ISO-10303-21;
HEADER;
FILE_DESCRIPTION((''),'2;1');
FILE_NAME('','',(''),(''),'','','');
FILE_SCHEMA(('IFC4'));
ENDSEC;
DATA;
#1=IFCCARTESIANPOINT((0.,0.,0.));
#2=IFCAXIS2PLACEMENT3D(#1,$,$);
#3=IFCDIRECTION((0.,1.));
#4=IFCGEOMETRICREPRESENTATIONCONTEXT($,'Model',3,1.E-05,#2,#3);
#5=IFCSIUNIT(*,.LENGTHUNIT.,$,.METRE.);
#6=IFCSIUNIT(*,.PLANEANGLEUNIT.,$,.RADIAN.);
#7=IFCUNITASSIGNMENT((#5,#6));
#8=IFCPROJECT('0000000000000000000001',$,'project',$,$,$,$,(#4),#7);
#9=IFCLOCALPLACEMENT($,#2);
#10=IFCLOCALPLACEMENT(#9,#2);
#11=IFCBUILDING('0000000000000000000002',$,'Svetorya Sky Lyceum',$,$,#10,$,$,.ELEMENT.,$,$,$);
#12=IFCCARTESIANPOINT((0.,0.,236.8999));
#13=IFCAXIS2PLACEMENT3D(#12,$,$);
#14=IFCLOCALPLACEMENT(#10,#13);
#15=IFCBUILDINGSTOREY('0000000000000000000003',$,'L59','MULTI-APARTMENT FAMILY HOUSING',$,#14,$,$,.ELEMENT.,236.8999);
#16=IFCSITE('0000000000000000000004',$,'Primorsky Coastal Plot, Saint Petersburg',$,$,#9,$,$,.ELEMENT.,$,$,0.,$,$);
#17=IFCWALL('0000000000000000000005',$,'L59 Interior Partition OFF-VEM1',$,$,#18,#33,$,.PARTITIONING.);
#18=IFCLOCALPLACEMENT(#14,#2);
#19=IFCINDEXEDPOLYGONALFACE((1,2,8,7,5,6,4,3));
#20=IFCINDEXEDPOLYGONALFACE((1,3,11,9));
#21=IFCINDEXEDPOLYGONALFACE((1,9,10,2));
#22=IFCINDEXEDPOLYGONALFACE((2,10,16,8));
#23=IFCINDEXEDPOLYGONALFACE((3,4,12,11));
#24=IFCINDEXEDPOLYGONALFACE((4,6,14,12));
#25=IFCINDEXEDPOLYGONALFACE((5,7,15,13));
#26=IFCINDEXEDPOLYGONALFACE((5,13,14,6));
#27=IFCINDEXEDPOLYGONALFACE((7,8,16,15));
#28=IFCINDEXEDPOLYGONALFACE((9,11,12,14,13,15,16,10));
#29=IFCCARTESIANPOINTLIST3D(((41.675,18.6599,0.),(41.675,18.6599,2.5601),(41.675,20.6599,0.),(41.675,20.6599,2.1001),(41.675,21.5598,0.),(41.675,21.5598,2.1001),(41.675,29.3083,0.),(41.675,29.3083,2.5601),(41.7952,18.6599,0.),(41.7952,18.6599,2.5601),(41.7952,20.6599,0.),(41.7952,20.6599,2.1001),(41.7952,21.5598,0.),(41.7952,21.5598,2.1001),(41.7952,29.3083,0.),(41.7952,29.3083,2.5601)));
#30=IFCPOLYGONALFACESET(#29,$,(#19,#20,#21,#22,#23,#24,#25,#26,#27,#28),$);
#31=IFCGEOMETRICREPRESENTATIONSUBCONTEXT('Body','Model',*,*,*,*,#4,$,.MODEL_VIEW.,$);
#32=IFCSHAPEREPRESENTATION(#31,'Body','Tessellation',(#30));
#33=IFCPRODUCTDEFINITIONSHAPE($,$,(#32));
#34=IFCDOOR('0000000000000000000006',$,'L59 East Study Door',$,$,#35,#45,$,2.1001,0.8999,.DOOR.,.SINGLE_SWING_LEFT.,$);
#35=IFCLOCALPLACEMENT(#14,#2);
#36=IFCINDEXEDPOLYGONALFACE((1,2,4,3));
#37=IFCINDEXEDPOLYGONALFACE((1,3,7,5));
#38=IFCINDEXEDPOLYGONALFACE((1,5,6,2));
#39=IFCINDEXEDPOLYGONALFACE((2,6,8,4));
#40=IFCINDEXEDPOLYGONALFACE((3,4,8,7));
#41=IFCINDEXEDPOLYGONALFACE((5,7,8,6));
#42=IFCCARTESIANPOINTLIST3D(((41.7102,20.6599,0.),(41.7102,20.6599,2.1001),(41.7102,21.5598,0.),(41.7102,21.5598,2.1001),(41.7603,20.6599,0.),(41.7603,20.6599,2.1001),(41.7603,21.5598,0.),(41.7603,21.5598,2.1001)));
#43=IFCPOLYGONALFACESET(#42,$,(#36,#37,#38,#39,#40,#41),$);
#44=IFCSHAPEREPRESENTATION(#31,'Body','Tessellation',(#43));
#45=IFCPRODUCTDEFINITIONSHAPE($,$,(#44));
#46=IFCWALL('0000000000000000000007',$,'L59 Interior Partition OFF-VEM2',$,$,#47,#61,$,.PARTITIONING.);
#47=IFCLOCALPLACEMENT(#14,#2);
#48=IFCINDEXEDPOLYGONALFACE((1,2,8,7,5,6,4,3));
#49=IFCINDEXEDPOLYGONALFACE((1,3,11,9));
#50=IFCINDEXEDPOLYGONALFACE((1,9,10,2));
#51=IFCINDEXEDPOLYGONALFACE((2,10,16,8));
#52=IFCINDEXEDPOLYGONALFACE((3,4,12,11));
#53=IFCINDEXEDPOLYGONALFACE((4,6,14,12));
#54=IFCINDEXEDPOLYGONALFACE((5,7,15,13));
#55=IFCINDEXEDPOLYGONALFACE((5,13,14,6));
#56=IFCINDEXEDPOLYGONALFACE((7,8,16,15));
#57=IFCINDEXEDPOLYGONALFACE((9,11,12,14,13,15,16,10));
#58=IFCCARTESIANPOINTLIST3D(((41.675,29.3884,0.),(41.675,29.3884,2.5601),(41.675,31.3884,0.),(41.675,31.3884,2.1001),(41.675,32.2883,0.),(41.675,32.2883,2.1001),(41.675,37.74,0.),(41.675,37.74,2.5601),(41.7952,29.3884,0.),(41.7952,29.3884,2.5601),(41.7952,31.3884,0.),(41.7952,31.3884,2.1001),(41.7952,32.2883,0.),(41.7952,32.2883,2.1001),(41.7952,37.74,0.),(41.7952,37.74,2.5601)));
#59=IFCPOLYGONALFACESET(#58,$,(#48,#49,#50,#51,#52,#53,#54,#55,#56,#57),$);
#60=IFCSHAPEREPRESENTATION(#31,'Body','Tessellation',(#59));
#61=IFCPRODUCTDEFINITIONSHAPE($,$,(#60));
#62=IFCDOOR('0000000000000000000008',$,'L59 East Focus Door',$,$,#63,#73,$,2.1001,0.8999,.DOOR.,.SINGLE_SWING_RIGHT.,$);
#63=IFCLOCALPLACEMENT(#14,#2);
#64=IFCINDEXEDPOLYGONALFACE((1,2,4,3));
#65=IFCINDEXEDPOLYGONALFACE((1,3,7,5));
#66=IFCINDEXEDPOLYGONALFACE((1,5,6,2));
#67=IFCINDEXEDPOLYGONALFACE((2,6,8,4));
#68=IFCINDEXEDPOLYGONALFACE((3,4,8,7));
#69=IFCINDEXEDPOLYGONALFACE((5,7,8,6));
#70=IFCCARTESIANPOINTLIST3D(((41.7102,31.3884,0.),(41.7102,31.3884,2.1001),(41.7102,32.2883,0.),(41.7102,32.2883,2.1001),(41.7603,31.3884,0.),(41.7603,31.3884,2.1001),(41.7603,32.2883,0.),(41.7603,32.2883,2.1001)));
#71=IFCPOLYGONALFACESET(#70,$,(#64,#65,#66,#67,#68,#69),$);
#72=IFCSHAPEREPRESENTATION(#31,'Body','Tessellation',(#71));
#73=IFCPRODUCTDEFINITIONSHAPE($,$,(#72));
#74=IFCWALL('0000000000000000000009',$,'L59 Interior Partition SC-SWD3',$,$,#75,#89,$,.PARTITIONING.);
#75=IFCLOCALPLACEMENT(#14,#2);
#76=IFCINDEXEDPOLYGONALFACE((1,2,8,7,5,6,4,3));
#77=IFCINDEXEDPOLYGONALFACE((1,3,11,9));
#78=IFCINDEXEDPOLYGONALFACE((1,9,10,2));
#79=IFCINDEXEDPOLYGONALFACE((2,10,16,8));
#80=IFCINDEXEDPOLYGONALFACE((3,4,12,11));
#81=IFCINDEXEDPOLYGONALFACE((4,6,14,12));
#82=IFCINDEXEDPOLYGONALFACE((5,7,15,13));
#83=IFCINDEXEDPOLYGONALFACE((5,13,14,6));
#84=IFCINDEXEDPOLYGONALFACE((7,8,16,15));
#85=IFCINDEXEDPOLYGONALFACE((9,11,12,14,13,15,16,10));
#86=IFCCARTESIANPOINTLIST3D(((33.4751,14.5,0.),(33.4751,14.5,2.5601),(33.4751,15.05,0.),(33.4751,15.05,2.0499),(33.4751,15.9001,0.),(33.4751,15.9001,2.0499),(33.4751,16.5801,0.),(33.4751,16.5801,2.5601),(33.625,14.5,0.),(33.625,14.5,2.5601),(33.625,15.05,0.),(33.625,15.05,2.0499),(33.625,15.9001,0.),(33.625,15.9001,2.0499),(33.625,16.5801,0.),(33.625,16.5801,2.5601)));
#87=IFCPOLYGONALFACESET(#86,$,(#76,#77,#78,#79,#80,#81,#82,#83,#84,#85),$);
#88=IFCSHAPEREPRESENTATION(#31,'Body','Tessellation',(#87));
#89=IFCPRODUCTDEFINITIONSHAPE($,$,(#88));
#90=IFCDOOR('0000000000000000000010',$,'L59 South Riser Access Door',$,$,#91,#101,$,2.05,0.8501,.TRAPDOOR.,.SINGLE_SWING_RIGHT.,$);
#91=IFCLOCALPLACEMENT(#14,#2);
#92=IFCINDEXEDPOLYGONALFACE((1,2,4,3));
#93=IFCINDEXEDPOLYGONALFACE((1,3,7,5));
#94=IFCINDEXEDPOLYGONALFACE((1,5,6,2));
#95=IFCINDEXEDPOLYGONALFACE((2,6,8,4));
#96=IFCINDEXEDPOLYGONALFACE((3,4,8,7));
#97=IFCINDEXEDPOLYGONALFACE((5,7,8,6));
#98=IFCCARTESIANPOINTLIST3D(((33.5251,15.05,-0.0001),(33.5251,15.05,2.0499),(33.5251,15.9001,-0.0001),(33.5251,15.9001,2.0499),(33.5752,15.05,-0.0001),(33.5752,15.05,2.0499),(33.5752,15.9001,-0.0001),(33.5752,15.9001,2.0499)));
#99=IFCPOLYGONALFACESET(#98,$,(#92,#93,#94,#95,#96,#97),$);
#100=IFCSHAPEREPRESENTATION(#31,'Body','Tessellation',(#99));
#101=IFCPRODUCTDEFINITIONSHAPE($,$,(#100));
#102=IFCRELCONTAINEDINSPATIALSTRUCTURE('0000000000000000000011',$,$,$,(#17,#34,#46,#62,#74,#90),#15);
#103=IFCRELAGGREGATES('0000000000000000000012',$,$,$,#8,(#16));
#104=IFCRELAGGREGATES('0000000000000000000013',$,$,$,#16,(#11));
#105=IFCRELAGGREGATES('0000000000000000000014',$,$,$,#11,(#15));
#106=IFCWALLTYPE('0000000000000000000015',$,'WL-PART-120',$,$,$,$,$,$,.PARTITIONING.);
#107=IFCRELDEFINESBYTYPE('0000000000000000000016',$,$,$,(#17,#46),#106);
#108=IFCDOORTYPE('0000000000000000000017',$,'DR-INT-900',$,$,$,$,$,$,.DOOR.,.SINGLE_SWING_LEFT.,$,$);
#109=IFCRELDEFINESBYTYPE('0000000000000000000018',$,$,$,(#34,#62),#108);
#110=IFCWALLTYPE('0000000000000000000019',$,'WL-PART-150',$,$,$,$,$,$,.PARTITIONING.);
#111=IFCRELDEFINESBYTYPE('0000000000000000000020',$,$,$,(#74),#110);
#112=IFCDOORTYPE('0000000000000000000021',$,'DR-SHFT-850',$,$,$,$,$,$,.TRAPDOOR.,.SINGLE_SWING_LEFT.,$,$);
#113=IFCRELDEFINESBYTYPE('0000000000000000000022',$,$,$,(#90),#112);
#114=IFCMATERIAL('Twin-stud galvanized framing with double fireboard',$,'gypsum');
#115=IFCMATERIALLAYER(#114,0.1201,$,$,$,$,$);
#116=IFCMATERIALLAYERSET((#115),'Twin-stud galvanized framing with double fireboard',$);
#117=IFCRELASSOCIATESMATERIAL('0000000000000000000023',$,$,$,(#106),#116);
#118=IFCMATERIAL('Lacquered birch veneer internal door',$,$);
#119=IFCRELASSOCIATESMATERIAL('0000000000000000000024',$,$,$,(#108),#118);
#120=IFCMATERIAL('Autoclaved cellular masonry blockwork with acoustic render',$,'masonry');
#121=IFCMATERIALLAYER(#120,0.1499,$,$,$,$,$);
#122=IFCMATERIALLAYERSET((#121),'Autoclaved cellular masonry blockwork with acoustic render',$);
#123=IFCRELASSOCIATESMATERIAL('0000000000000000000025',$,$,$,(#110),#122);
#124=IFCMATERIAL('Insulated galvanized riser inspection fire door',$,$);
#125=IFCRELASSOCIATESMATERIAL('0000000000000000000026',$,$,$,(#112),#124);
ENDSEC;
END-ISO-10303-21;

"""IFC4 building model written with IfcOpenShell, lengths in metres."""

from ifc_helpers import new_model, si_unit, direction, frame, frame_2d, origin, place, context, subcontext, project, spatial, rectangle, extrude, material, layer, layer_set, type_object, element, fill, save


model = new_model("IFC4")

# Units and contexts
model_context = context("Model", 3, precision=1e-05, world=origin(), true_north=direction((0.0, 1.0)))
body_context = subcontext(model_context, "Body", "Model", "MODEL_VIEW")
ifc_project = project(units=[si_unit("LENGTHUNIT", "METRE"), si_unit("PLANEANGLEUNIT", "RADIAN")], contexts=[model_context])

# Site, building, storey
site_placement = place(None, origin())
site = spatial("IfcSite", under=ifc_project, at=site_placement, Name="Primorsky Coastal Plot, Saint Petersburg", CompositionType="ELEMENT", RefElevation=0.0)
building_placement = place(site_placement, origin())
building = spatial("IfcBuilding", under=site, at=building_placement, Name="Svetorya Sky Lyceum", CompositionType="ELEMENT")
storey_placement = place(building_placement, frame((0.0, 0.0, 236.8999)))
storey = spatial("IfcBuildingStorey", under=building, at=storey_placement, Name="L59", Description="MULTI-APARTMENT FAMILY HOUSING", CompositionType="ELEMENT", Elevation=236.8999)

# Walls, openings, doors
ifc_material_1 = material(Name="Twin-stud galvanized framing with double fireboard", Category="gypsum")
ifc_layer_1 = layer(ifc_material_1, 0.1201)
ifc_layer_set_1 = layer_set([ifc_layer_1], Name="Twin-stud galvanized framing with double fireboard")
wall_type_1 = type_object("IfcWallType", Name="WL-PART-120", PredefinedType="PARTITIONING", material=ifc_layer_set_1)
wall_1_placement = place(storey_placement, frame((41.7351, 18.6599, 0.0), z_axis=(0.0, 0.0, 1.0), x_axis=(0.0, 1.0, 0.0)))
wall_1 = element("IfcWall", 1, at=wall_1_placement, inside=storey, type_object=wall_type_1, Name="L59 Interior Partition OFF-VEM1", PredefinedType="PARTITIONING", context=body_context, shape_type="SweptSolid", body=[
    extrude(rectangle(XDim=10.6484, YDim=0.1201, at=frame_2d((5.3242, 0.0))), origin(), (0.0, 0.0, 1.0), 2.5601),
])
opening_1_placement = place(wall_1_placement, frame((2.0, 0.0, 0.0)))
opening_1 = element("IfcOpeningElement", 2, at=opening_1_placement, cuts=wall_1, PredefinedType="OPENING", context=body_context, shape_type="SweptSolid", body=[
    extrude(rectangle(XDim=0.8999, YDim=2.1001, at=frame_2d((0.45, 1.05))), frame((0.0, 0.0701, 0.0), z_axis=(0.0, -1.0, 0.0), x_axis=(1.0, 0.0, 0.0)), (0.0, 0.0, 1.0), 0.1401),
])
ifc_material_2 = material(Name="Lacquered birch veneer internal door")
door_type_1 = type_object("IfcDoorType", Name="DR-INT-900", OperationType="SINGLE_SWING_LEFT", PredefinedType="DOOR", material=ifc_material_2)
door_1_placement = place(opening_1_placement, origin())
door_1 = element("IfcDoor", 3, at=door_1_placement, inside=storey, type_object=door_type_1, Name="L59 East Study Door", OperationType="SINGLE_SWING_LEFT", OverallHeight=2.1001, OverallWidth=0.8999, PredefinedType="DOOR", context=body_context, shape_type="SweptSolid", body=[
    extrude(rectangle(XDim=0.8999, YDim=2.1001, at=frame_2d((0.45, 1.05))), frame((0.0, 0.0249, 0.0), z_axis=(0.0, -1.0, 0.0), x_axis=(1.0, 0.0, 0.0)), (0.0, 0.0, 1.0), 0.05),
])
fill(opening_1, door_1)
wall_2_placement = place(storey_placement, frame((41.7351, 29.3884, 0.0), z_axis=(0.0, 0.0, 1.0), x_axis=(0.0, 1.0, 0.0)))
wall_2 = element("IfcWall", 4, at=wall_2_placement, inside=storey, type_object=wall_type_1, Name="L59 Interior Partition OFF-VEM2", PredefinedType="PARTITIONING", context=body_context, shape_type="SweptSolid", body=[
    extrude(rectangle(XDim=8.3516, YDim=0.1201, at=frame_2d((4.1758, 0.0))), origin(), (0.0, 0.0, 1.0), 2.5601),
])
opening_2_placement = place(wall_2_placement, frame((2.0, 0.0, 0.0)))
opening_2 = element("IfcOpeningElement", 5, at=opening_2_placement, cuts=wall_2, PredefinedType="OPENING", context=body_context, shape_type="SweptSolid", body=[
    extrude(rectangle(XDim=0.8999, YDim=2.1001, at=frame_2d((0.45, 1.05))), frame((0.0, 0.0701, 0.0), z_axis=(0.0, -1.0, 0.0), x_axis=(1.0, 0.0, 0.0)), (0.0, 0.0, 1.0), 0.1401),
])
door_2_placement = place(opening_2_placement, origin())
door_2 = element("IfcDoor", 6, at=door_2_placement, inside=storey, type_object=door_type_1, Name="L59 East Focus Door", OperationType="SINGLE_SWING_RIGHT", OverallHeight=2.1001, OverallWidth=0.8999, PredefinedType="DOOR", context=body_context, shape_type="SweptSolid", body=[
    extrude(rectangle(XDim=0.8999, YDim=2.1001, at=frame_2d((0.45, 1.05))), frame((0.0, 0.0249, 0.0), z_axis=(0.0, -1.0, 0.0), x_axis=(1.0, 0.0, 0.0)), (0.0, 0.0, 1.0), 0.05),
])
fill(opening_2, door_2)
ifc_material_3 = material(Name="Autoclaved cellular masonry blockwork with acoustic render", Category="masonry")
ifc_layer_2 = layer(ifc_material_3, 0.1499)
ifc_layer_set_2 = layer_set([ifc_layer_2], Name="Autoclaved cellular masonry blockwork with acoustic render")
wall_type_2 = type_object("IfcWallType", Name="WL-PART-150", PredefinedType="PARTITIONING", material=ifc_layer_set_2)
wall_3_placement = place(storey_placement, frame((33.55, 14.5, 0.0), z_axis=(0.0, 0.0, 1.0), x_axis=(0.0, 1.0, 0.0)))
wall_3 = element("IfcWall", 7, at=wall_3_placement, inside=storey, type_object=wall_type_2, Name="L59 Interior Partition SC-SWD3", PredefinedType="PARTITIONING", context=body_context, shape_type="SweptSolid", body=[
    extrude(rectangle(XDim=2.0801, YDim=0.1499, at=frame_2d((1.04, 0.0))), origin(), (0.0, 0.0, 1.0), 2.5601),
])
opening_3_placement = place(wall_3_placement, frame((0.55, 0.0, 0.0)))
opening_3 = element("IfcOpeningElement", 8, at=opening_3_placement, cuts=wall_3, PredefinedType="OPENING", context=body_context, shape_type="SweptSolid", body=[
    extrude(rectangle(XDim=0.8501, YDim=2.05, at=frame_2d((0.425, 1.0249))), frame((0.0, 0.085, 0.0), z_axis=(0.0, -1.0, 0.0), x_axis=(1.0, 0.0, 0.0)), (0.0, 0.0, 1.0), 0.1699),
])
ifc_material_4 = material(Name="Insulated galvanized riser inspection fire door")
door_type_2 = type_object("IfcDoorType", Name="DR-SHFT-850", OperationType="SINGLE_SWING_LEFT", PredefinedType="TRAPDOOR", material=ifc_material_4)
door_3_placement = place(opening_3_placement, origin())
door_3 = element("IfcDoor", 9, at=door_3_placement, inside=storey, type_object=door_type_2, Name="L59 South Riser Access Door", OperationType="SINGLE_SWING_RIGHT", OverallHeight=2.05, OverallWidth=0.8501, PredefinedType="TRAPDOOR", context=body_context, shape_type="SweptSolid", body=[
    extrude(rectangle(XDim=0.8501, YDim=2.05, at=frame_2d((0.425, 1.0249))), frame((0.0, 0.0249, 0.0), z_axis=(0.0, -1.0, 0.0), x_axis=(1.0, 0.0, 0.0)), (0.0, 0.0, 1.0), 0.05),
])
fill(opening_3, door_3)

save(model, "model.ifc")
